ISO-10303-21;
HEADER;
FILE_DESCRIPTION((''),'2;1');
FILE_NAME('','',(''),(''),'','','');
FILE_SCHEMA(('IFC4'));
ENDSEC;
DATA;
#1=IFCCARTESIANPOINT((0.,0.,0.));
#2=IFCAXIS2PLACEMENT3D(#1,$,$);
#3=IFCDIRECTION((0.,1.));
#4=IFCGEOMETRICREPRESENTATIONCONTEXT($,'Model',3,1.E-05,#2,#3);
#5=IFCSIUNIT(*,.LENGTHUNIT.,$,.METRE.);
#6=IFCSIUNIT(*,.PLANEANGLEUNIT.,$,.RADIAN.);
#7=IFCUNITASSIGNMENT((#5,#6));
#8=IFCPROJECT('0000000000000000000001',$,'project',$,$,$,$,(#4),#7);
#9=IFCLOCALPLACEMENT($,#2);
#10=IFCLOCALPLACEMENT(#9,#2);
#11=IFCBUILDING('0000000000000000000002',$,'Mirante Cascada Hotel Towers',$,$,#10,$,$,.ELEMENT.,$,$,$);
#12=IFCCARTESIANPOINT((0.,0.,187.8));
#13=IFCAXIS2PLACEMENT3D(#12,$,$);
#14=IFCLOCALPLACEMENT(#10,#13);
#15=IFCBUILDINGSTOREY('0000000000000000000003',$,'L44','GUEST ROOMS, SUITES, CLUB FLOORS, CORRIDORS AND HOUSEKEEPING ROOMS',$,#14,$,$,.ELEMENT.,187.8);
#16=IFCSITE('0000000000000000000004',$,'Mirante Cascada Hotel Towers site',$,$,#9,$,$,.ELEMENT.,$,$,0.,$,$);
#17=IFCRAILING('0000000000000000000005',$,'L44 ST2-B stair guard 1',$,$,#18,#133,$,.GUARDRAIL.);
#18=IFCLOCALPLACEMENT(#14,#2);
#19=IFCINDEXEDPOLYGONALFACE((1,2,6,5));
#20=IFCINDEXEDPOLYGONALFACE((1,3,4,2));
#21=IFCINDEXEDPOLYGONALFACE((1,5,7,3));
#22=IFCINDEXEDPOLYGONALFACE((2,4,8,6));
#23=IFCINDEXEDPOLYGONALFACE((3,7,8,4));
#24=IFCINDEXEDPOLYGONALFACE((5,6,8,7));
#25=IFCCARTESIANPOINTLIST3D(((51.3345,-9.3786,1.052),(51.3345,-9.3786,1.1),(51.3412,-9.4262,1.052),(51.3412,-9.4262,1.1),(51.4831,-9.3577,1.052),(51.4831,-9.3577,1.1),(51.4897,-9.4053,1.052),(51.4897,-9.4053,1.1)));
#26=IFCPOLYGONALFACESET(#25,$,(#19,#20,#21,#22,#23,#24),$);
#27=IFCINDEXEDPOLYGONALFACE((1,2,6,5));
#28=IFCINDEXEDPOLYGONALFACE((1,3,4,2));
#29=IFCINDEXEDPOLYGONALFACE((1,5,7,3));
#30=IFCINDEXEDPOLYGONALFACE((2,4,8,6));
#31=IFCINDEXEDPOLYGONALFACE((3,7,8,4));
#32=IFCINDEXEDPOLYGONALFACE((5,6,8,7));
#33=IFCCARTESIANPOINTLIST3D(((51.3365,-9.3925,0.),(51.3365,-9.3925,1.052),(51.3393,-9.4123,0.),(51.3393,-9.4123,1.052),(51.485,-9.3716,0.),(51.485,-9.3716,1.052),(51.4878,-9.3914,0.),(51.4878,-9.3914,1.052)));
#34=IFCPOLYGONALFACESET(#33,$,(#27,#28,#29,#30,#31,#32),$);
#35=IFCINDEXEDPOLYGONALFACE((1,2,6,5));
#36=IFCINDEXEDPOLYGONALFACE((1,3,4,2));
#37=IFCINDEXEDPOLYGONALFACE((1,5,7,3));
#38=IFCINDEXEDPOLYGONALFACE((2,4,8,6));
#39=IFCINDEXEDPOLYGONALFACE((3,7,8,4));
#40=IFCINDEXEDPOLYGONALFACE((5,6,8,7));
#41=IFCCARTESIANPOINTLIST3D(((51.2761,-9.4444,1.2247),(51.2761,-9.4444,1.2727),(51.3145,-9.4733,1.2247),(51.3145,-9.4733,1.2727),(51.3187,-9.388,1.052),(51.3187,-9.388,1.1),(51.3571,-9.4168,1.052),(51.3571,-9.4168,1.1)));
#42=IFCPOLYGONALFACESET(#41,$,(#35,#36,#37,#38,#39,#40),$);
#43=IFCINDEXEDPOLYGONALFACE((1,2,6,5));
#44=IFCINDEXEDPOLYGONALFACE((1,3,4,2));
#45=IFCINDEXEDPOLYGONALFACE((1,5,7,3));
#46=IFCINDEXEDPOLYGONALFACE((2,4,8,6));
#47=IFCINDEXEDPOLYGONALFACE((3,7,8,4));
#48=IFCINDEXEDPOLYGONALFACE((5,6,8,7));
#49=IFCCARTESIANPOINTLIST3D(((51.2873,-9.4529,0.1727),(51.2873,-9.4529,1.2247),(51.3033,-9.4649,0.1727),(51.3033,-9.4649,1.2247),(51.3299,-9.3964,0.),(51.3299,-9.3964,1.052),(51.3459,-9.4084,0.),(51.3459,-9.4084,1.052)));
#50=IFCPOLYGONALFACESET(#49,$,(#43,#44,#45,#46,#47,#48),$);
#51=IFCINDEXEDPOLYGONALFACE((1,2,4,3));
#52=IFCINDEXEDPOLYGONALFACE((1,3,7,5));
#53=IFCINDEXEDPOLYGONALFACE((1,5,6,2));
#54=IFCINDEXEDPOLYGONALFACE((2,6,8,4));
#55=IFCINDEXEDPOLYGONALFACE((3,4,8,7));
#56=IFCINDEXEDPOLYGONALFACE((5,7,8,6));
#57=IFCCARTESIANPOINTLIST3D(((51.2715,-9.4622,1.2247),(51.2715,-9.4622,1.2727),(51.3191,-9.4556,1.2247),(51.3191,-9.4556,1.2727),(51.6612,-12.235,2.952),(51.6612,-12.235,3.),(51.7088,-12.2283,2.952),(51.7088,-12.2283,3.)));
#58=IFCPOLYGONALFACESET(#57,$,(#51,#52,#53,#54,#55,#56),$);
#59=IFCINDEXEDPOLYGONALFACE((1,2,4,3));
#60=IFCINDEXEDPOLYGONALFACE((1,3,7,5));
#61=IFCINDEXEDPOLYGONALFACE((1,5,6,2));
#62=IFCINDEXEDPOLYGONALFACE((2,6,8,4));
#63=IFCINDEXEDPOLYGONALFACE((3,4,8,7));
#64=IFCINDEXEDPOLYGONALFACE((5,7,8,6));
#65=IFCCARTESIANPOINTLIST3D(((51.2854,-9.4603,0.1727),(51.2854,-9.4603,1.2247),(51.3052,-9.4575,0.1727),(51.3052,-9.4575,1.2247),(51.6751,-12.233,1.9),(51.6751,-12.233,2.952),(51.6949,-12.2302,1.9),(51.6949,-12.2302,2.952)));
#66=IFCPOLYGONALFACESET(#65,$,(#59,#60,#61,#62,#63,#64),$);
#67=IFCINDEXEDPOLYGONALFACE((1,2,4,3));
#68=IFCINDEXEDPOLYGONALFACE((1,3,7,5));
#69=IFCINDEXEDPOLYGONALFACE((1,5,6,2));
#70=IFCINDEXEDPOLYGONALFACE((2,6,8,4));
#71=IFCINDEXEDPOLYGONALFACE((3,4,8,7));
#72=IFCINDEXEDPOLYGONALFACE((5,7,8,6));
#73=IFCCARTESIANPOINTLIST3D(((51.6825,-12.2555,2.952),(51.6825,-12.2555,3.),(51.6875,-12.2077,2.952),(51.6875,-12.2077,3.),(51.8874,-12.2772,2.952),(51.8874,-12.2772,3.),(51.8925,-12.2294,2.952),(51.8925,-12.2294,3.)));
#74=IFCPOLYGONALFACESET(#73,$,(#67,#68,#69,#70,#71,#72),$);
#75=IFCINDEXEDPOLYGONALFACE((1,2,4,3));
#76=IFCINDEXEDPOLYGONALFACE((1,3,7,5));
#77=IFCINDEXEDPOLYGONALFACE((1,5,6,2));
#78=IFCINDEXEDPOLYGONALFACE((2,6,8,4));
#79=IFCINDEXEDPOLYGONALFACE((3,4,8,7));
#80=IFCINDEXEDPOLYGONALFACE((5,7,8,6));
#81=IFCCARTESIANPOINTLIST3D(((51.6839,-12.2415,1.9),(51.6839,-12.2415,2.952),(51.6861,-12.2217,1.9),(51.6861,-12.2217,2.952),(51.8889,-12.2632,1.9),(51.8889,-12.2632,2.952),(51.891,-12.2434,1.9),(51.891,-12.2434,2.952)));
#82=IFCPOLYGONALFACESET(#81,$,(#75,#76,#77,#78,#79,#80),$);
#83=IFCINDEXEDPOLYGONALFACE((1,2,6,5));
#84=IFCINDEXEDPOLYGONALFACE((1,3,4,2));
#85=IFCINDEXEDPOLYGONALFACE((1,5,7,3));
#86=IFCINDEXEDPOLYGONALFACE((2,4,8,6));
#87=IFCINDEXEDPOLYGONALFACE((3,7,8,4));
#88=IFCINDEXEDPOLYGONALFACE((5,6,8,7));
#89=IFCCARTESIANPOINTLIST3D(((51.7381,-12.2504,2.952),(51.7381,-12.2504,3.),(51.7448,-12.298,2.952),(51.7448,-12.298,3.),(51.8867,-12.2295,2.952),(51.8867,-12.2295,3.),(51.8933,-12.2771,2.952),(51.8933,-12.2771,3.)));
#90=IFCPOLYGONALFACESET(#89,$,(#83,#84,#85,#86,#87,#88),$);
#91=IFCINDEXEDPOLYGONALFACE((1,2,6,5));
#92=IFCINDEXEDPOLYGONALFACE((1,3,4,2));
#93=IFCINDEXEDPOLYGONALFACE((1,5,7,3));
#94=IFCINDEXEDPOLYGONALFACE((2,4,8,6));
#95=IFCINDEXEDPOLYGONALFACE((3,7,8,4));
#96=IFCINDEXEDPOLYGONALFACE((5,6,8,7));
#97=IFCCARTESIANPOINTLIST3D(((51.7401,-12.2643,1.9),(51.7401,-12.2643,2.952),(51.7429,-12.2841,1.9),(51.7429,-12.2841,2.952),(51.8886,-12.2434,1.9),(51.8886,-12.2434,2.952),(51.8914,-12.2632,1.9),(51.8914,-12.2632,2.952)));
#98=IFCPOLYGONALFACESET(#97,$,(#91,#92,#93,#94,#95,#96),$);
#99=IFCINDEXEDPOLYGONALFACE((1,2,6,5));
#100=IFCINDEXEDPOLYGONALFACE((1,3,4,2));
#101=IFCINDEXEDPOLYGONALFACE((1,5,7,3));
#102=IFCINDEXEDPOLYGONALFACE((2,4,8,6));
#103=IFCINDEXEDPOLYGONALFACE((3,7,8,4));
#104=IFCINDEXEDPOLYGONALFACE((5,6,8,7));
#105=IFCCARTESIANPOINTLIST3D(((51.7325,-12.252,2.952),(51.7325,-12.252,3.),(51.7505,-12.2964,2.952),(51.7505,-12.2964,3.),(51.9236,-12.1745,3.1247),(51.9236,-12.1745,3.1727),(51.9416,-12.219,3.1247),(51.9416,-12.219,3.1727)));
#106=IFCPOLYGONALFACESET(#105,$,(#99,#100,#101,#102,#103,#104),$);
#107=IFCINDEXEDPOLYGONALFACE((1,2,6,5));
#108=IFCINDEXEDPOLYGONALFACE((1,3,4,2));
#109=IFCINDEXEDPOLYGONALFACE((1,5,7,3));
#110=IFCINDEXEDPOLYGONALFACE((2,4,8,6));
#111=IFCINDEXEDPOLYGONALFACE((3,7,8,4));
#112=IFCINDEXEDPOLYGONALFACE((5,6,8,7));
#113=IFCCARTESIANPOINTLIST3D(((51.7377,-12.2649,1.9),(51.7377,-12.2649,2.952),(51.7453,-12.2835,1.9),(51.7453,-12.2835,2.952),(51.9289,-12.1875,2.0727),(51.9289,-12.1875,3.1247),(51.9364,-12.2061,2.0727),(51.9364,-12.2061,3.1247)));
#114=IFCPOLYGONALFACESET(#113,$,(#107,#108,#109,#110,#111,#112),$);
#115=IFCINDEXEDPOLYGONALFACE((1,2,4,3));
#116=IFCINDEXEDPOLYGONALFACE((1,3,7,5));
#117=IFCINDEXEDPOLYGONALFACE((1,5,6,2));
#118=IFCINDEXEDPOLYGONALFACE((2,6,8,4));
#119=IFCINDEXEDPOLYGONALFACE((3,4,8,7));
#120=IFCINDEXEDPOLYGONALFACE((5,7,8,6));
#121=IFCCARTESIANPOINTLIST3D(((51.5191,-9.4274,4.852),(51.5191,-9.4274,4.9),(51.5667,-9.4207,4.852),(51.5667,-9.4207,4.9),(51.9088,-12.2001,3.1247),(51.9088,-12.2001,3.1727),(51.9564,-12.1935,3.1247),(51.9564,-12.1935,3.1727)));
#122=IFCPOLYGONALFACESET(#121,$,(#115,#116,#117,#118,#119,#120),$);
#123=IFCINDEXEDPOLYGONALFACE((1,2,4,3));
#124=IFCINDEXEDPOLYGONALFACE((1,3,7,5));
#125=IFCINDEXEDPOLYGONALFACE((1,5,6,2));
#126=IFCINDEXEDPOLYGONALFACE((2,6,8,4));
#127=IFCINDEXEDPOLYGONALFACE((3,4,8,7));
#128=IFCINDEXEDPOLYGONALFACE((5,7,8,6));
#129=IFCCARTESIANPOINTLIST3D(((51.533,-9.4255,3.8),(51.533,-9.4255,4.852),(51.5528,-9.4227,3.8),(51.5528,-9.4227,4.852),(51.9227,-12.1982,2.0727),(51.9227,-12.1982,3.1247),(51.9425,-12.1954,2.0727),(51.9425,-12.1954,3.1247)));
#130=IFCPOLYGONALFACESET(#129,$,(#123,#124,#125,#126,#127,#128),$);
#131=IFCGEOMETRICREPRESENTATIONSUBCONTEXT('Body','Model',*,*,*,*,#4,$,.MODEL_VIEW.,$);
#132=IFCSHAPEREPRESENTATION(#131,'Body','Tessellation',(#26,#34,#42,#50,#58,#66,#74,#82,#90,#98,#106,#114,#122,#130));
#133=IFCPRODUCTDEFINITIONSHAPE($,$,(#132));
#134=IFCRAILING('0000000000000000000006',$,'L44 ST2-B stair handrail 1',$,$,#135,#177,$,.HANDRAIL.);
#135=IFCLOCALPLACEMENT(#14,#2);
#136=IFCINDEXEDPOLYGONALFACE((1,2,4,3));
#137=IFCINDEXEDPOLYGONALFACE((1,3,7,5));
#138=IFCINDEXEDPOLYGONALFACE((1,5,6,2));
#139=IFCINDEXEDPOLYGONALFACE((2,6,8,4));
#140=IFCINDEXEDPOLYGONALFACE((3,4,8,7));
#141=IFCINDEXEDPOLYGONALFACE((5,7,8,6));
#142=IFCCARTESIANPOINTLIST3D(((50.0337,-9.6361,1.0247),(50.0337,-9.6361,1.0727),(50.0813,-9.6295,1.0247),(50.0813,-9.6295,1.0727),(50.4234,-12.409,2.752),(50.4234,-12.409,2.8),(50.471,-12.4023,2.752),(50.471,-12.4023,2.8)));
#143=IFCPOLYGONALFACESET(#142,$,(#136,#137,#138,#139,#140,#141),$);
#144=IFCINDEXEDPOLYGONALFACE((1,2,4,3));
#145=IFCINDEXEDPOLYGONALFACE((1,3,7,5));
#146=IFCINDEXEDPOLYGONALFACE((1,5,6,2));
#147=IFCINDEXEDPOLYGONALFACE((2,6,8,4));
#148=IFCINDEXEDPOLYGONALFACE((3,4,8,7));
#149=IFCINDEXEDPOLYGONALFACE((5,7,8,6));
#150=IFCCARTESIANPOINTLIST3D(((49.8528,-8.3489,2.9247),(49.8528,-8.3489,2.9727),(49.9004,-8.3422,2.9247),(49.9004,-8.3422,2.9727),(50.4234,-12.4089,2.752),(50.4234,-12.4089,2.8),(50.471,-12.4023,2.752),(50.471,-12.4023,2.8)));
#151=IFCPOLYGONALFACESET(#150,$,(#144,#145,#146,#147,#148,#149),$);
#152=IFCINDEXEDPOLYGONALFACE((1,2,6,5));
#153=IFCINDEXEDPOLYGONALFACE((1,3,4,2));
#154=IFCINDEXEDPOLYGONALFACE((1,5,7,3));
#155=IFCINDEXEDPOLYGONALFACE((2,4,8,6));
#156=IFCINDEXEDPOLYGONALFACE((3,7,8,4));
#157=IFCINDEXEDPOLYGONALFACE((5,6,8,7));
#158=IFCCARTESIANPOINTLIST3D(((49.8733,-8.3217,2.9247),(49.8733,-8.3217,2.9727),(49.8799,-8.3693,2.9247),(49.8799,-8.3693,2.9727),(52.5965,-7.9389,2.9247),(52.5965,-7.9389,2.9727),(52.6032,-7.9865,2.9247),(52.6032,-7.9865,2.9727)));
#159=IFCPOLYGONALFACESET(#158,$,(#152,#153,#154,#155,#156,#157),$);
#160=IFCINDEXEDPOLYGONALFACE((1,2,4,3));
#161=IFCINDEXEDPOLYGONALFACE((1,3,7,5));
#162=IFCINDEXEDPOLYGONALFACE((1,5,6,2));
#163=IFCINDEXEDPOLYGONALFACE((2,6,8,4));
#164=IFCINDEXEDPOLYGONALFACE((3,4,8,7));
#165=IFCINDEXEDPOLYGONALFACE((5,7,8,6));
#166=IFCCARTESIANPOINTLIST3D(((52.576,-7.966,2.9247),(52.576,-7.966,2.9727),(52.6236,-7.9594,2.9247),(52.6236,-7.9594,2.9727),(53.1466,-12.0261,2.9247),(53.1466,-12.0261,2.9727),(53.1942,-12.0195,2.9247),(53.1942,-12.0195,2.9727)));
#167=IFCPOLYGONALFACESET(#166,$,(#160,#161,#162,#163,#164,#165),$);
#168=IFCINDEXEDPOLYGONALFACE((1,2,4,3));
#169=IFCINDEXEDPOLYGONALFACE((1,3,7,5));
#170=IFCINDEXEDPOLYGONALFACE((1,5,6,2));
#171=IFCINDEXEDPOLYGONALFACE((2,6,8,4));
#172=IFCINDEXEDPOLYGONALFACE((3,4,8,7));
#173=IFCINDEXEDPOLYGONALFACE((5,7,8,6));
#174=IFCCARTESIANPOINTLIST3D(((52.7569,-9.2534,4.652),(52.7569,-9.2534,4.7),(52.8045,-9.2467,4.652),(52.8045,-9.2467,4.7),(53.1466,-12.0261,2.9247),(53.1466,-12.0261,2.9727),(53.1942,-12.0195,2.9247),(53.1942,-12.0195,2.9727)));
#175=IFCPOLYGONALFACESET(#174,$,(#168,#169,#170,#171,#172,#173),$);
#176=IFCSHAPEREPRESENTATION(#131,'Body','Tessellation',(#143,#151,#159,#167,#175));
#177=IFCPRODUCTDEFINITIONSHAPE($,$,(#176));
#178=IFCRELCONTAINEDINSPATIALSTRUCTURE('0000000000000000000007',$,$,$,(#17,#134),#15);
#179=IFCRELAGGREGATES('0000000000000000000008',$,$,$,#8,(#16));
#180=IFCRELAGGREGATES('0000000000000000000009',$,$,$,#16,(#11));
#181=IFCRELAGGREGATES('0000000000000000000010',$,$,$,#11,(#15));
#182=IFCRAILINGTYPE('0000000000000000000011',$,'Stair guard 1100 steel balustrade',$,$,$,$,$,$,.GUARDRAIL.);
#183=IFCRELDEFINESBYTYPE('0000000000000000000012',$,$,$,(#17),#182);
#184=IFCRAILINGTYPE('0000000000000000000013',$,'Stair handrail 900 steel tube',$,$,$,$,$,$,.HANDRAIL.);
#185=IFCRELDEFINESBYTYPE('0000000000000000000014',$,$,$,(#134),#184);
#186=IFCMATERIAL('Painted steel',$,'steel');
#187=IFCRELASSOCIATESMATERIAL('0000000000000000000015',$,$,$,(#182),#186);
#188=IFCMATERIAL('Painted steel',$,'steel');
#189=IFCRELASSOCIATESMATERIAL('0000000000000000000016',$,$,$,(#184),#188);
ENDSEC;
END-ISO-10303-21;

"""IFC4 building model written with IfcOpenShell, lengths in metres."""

from ifc_helpers import new_model, si_unit, direction, frame, origin, origin_2d, place, context, subcontext, project, spatial, rectangle, extrude, material, type_object, element, save


model = new_model("IFC4")

# Units and contexts
model_context = context("Model", 3, precision=1e-05, world=origin(), true_north=direction((0.0, 1.0)))
body_context = subcontext(model_context, "Body", "Model", "MODEL_VIEW")
ifc_project = project(units=[si_unit("LENGTHUNIT", "METRE"), si_unit("PLANEANGLEUNIT", "RADIAN")], contexts=[model_context])

# Site, building, storey
site_placement = place(None, origin())
site = spatial("IfcSite", under=ifc_project, at=site_placement, Name="Mirante Cascada Hotel Towers site", CompositionType="ELEMENT", RefElevation=0.0)
building_placement = place(site_placement, origin())
building = spatial("IfcBuilding", under=site, at=building_placement, Name="Mirante Cascada Hotel Towers", CompositionType="ELEMENT")
storey_placement = place(building_placement, frame((0.0, 0.0, 187.8)))
storey = spatial("IfcBuildingStorey", under=building, at=storey_placement, Name="L44", Description="GUEST ROOMS, SUITES, CLUB FLOORS, CORRIDORS AND HOUSEKEEPING ROOMS", CompositionType="ELEMENT", Elevation=187.8)

# Railings
ifc_material_1 = material(Name="Painted steel", Category="steel")
railing_type_1 = type_object("IfcRailingType", Name="Stair guard 1100 steel balustrade", PredefinedType="GUARDRAIL", material=ifc_material_1)
railing_1_placement = place(storey_placement, frame((51.4864, -9.3815, 0.0)))
element("IfcRailing", 1, at=railing_1_placement, inside=storey, type_object=railing_type_1, Name="L44 ST2-B stair guard 1", PredefinedType="GUARDRAIL", context=body_context, shape_type="SweptSolid", body=[
    extrude(rectangle(XDim=0.048, YDim=0.048, at=origin_2d()), frame((0.0, 0.0, 1.076), z_axis=(-0.990241, -0.139367, 0.0), x_axis=(0.139367, -0.990241, 0.0)), (0.0, 0.0, 1.0), 0.15),
    extrude(rectangle(XDim=0.02, YDim=1.052, at=origin_2d()), frame((0.0, 0.0, 0.526), z_axis=(-0.990241, -0.139367, 0.0), x_axis=(0.139367, -0.990241, 0.0)), (0.0, 0.0, 1.0), 0.15),
    extrude(rectangle(XDim=0.048, YDim=0.048, at=origin_2d()), frame((-0.1485, -0.0209, 1.076), z_axis=(-0.602033, -0.798471, 0.0), x_axis=(0.798471, -0.602033, 0.0)), (0.0, 0.92534, 0.379139), 0.1866),
    extrude(rectangle(XDim=0.02, YDim=1.052, at=origin_2d()), frame((-0.1485, -0.0209, 0.526), z_axis=(-0.602033, -0.798471, 0.0), x_axis=(0.798471, -0.602033, 0.0)), (0.0, 0.92534, 0.379139), 0.1866),
    extrude(rectangle(XDim=0.048, YDim=0.048, at=origin_2d()), frame((-0.1911, -0.0774, 1.2487), z_axis=(0.139181, -0.990267, 0.0), x_axis=(0.990267, 0.139181, 0.0)), (0.0, 0.525035, 0.851081), 3.2899),
    extrude(rectangle(XDim=0.02, YDim=1.052, at=origin_2d()), frame((-0.1911, -0.0774, 0.6987), z_axis=(0.139181, -0.990267, 0.0), x_axis=(0.990267, 0.139181, 0.0)), (0.0, 0.525035, 0.851081), 3.2899),
    extrude(rectangle(XDim=0.048, YDim=0.048, at=origin_2d()), frame((0.1986, -2.8501, 2.976), z_axis=(0.994444, -0.105266, 0.0), x_axis=(0.105266, 0.994444, 0.0)), (0.0, 0.0, 1.0), 0.2061),
    extrude(rectangle(XDim=0.02, YDim=1.052, at=origin_2d()), frame((0.1986, -2.8501, 2.426), z_axis=(0.994444, -0.105266, 0.0), x_axis=(0.105266, 0.994444, 0.0)), (0.0, 0.0, 1.0), 0.2061),
    extrude(rectangle(XDim=0.048, YDim=0.048, at=origin_2d()), frame((0.4036, -2.8718, 2.976), z_axis=(-0.990241, -0.139367, 0.0), x_axis=(0.139367, -0.990241, 0.0)), (0.0, 0.0, 1.0), 0.15),
    extrude(rectangle(XDim=0.02, YDim=1.052, at=origin_2d()), frame((0.4036, -2.8718, 2.426), z_axis=(-0.990241, -0.139367, 0.0), x_axis=(0.139367, -0.990241, 0.0)), (0.0, 0.0, 1.0), 0.15),
    extrude(rectangle(XDim=0.048, YDim=0.048, at=origin_2d()), frame((0.2551, -2.8927, 2.976), z_axis=(0.926862, 0.375401, 0.0), x_axis=(-0.375401, 0.926862, 0.0)), (0.0, 0.642122, 0.766603), 0.269),
    extrude(rectangle(XDim=0.02, YDim=1.052, at=origin_2d()), frame((0.2551, -2.8927, 2.426), z_axis=(0.926862, 0.375401, 0.0), x_axis=(-0.375401, 0.926862, 0.0)), (0.0, 0.642122, 0.766603), 0.269),
    extrude(rectangle(XDim=0.048, YDim=0.048, at=origin_2d()), frame((0.4462, -2.8153, 3.1487), z_axis=(-0.139181, 0.990267, 0.0), x_axis=(-0.990267, -0.139181, 0.0)), (0.0, 0.525035, 0.851081), 3.2899),
    extrude(rectangle(XDim=0.02, YDim=1.052, at=origin_2d()), frame((0.4462, -2.8153, 2.5987), z_axis=(-0.139181, 0.990267, 0.0), x_axis=(-0.990267, -0.139181, 0.0)), (0.0, 0.525035, 0.851081), 3.2899),
])
ifc_material_2 = material(Name="Painted steel", Category="steel")
railing_type_2 = type_object("IfcRailingType", Name="Stair handrail 900 steel tube", PredefinedType="HANDRAIL", material=ifc_material_2)
railing_2_placement = place(storey_placement, frame((50.0575, -9.6328, 0.1727)))
element("IfcRailing", 2, at=railing_2_placement, inside=storey, type_object=railing_type_2, Name="L44 ST2-B stair handrail 1", PredefinedType="HANDRAIL", context=body_context, shape_type="SweptSolid", body=[
    extrude(rectangle(XDim=0.048, YDim=0.048, at=origin_2d()), frame((0.0, 0.0, 0.876), z_axis=(0.139176, -0.990268, 0.0), x_axis=(0.990268, 0.139176, 0.0)), (0.0, 0.525021, 0.851089), 3.29),
    extrude(rectangle(XDim=0.048, YDim=0.048, at=origin_2d()), frame((0.3897, -2.7728, 2.6033), z_axis=(-0.139171, 0.990268, 0.0), x_axis=(-0.990268, -0.139171, 0.0)), (0.0, 0.042085, 0.999114), 4.1036),
    extrude(rectangle(XDim=0.048, YDim=0.048, at=origin_2d()), frame((-0.1809, 1.2873, 2.776), z_axis=(0.990264, 0.139201, 0.0), x_axis=(-0.139201, 0.990264, 0.0)), (0.0, 0.0, 1.0), 2.75),
    extrude(rectangle(XDim=0.048, YDim=0.048, at=origin_2d()), frame((2.5423, 1.6701, 2.776), z_axis=(0.139171, -0.990268, 0.0), x_axis=(0.990268, 0.139171, 0.0)), (0.0, 0.0, 1.0), 4.1),
    extrude(rectangle(XDim=0.048, YDim=0.048, at=origin_2d()), frame((3.1129, -2.39, 2.776), z_axis=(-0.139181, 0.990267, 0.0), x_axis=(-0.990267, -0.139181, 0.0)), (0.0, 0.525035, 0.851081), 3.2899),
])

save(model, "model.ifc")
